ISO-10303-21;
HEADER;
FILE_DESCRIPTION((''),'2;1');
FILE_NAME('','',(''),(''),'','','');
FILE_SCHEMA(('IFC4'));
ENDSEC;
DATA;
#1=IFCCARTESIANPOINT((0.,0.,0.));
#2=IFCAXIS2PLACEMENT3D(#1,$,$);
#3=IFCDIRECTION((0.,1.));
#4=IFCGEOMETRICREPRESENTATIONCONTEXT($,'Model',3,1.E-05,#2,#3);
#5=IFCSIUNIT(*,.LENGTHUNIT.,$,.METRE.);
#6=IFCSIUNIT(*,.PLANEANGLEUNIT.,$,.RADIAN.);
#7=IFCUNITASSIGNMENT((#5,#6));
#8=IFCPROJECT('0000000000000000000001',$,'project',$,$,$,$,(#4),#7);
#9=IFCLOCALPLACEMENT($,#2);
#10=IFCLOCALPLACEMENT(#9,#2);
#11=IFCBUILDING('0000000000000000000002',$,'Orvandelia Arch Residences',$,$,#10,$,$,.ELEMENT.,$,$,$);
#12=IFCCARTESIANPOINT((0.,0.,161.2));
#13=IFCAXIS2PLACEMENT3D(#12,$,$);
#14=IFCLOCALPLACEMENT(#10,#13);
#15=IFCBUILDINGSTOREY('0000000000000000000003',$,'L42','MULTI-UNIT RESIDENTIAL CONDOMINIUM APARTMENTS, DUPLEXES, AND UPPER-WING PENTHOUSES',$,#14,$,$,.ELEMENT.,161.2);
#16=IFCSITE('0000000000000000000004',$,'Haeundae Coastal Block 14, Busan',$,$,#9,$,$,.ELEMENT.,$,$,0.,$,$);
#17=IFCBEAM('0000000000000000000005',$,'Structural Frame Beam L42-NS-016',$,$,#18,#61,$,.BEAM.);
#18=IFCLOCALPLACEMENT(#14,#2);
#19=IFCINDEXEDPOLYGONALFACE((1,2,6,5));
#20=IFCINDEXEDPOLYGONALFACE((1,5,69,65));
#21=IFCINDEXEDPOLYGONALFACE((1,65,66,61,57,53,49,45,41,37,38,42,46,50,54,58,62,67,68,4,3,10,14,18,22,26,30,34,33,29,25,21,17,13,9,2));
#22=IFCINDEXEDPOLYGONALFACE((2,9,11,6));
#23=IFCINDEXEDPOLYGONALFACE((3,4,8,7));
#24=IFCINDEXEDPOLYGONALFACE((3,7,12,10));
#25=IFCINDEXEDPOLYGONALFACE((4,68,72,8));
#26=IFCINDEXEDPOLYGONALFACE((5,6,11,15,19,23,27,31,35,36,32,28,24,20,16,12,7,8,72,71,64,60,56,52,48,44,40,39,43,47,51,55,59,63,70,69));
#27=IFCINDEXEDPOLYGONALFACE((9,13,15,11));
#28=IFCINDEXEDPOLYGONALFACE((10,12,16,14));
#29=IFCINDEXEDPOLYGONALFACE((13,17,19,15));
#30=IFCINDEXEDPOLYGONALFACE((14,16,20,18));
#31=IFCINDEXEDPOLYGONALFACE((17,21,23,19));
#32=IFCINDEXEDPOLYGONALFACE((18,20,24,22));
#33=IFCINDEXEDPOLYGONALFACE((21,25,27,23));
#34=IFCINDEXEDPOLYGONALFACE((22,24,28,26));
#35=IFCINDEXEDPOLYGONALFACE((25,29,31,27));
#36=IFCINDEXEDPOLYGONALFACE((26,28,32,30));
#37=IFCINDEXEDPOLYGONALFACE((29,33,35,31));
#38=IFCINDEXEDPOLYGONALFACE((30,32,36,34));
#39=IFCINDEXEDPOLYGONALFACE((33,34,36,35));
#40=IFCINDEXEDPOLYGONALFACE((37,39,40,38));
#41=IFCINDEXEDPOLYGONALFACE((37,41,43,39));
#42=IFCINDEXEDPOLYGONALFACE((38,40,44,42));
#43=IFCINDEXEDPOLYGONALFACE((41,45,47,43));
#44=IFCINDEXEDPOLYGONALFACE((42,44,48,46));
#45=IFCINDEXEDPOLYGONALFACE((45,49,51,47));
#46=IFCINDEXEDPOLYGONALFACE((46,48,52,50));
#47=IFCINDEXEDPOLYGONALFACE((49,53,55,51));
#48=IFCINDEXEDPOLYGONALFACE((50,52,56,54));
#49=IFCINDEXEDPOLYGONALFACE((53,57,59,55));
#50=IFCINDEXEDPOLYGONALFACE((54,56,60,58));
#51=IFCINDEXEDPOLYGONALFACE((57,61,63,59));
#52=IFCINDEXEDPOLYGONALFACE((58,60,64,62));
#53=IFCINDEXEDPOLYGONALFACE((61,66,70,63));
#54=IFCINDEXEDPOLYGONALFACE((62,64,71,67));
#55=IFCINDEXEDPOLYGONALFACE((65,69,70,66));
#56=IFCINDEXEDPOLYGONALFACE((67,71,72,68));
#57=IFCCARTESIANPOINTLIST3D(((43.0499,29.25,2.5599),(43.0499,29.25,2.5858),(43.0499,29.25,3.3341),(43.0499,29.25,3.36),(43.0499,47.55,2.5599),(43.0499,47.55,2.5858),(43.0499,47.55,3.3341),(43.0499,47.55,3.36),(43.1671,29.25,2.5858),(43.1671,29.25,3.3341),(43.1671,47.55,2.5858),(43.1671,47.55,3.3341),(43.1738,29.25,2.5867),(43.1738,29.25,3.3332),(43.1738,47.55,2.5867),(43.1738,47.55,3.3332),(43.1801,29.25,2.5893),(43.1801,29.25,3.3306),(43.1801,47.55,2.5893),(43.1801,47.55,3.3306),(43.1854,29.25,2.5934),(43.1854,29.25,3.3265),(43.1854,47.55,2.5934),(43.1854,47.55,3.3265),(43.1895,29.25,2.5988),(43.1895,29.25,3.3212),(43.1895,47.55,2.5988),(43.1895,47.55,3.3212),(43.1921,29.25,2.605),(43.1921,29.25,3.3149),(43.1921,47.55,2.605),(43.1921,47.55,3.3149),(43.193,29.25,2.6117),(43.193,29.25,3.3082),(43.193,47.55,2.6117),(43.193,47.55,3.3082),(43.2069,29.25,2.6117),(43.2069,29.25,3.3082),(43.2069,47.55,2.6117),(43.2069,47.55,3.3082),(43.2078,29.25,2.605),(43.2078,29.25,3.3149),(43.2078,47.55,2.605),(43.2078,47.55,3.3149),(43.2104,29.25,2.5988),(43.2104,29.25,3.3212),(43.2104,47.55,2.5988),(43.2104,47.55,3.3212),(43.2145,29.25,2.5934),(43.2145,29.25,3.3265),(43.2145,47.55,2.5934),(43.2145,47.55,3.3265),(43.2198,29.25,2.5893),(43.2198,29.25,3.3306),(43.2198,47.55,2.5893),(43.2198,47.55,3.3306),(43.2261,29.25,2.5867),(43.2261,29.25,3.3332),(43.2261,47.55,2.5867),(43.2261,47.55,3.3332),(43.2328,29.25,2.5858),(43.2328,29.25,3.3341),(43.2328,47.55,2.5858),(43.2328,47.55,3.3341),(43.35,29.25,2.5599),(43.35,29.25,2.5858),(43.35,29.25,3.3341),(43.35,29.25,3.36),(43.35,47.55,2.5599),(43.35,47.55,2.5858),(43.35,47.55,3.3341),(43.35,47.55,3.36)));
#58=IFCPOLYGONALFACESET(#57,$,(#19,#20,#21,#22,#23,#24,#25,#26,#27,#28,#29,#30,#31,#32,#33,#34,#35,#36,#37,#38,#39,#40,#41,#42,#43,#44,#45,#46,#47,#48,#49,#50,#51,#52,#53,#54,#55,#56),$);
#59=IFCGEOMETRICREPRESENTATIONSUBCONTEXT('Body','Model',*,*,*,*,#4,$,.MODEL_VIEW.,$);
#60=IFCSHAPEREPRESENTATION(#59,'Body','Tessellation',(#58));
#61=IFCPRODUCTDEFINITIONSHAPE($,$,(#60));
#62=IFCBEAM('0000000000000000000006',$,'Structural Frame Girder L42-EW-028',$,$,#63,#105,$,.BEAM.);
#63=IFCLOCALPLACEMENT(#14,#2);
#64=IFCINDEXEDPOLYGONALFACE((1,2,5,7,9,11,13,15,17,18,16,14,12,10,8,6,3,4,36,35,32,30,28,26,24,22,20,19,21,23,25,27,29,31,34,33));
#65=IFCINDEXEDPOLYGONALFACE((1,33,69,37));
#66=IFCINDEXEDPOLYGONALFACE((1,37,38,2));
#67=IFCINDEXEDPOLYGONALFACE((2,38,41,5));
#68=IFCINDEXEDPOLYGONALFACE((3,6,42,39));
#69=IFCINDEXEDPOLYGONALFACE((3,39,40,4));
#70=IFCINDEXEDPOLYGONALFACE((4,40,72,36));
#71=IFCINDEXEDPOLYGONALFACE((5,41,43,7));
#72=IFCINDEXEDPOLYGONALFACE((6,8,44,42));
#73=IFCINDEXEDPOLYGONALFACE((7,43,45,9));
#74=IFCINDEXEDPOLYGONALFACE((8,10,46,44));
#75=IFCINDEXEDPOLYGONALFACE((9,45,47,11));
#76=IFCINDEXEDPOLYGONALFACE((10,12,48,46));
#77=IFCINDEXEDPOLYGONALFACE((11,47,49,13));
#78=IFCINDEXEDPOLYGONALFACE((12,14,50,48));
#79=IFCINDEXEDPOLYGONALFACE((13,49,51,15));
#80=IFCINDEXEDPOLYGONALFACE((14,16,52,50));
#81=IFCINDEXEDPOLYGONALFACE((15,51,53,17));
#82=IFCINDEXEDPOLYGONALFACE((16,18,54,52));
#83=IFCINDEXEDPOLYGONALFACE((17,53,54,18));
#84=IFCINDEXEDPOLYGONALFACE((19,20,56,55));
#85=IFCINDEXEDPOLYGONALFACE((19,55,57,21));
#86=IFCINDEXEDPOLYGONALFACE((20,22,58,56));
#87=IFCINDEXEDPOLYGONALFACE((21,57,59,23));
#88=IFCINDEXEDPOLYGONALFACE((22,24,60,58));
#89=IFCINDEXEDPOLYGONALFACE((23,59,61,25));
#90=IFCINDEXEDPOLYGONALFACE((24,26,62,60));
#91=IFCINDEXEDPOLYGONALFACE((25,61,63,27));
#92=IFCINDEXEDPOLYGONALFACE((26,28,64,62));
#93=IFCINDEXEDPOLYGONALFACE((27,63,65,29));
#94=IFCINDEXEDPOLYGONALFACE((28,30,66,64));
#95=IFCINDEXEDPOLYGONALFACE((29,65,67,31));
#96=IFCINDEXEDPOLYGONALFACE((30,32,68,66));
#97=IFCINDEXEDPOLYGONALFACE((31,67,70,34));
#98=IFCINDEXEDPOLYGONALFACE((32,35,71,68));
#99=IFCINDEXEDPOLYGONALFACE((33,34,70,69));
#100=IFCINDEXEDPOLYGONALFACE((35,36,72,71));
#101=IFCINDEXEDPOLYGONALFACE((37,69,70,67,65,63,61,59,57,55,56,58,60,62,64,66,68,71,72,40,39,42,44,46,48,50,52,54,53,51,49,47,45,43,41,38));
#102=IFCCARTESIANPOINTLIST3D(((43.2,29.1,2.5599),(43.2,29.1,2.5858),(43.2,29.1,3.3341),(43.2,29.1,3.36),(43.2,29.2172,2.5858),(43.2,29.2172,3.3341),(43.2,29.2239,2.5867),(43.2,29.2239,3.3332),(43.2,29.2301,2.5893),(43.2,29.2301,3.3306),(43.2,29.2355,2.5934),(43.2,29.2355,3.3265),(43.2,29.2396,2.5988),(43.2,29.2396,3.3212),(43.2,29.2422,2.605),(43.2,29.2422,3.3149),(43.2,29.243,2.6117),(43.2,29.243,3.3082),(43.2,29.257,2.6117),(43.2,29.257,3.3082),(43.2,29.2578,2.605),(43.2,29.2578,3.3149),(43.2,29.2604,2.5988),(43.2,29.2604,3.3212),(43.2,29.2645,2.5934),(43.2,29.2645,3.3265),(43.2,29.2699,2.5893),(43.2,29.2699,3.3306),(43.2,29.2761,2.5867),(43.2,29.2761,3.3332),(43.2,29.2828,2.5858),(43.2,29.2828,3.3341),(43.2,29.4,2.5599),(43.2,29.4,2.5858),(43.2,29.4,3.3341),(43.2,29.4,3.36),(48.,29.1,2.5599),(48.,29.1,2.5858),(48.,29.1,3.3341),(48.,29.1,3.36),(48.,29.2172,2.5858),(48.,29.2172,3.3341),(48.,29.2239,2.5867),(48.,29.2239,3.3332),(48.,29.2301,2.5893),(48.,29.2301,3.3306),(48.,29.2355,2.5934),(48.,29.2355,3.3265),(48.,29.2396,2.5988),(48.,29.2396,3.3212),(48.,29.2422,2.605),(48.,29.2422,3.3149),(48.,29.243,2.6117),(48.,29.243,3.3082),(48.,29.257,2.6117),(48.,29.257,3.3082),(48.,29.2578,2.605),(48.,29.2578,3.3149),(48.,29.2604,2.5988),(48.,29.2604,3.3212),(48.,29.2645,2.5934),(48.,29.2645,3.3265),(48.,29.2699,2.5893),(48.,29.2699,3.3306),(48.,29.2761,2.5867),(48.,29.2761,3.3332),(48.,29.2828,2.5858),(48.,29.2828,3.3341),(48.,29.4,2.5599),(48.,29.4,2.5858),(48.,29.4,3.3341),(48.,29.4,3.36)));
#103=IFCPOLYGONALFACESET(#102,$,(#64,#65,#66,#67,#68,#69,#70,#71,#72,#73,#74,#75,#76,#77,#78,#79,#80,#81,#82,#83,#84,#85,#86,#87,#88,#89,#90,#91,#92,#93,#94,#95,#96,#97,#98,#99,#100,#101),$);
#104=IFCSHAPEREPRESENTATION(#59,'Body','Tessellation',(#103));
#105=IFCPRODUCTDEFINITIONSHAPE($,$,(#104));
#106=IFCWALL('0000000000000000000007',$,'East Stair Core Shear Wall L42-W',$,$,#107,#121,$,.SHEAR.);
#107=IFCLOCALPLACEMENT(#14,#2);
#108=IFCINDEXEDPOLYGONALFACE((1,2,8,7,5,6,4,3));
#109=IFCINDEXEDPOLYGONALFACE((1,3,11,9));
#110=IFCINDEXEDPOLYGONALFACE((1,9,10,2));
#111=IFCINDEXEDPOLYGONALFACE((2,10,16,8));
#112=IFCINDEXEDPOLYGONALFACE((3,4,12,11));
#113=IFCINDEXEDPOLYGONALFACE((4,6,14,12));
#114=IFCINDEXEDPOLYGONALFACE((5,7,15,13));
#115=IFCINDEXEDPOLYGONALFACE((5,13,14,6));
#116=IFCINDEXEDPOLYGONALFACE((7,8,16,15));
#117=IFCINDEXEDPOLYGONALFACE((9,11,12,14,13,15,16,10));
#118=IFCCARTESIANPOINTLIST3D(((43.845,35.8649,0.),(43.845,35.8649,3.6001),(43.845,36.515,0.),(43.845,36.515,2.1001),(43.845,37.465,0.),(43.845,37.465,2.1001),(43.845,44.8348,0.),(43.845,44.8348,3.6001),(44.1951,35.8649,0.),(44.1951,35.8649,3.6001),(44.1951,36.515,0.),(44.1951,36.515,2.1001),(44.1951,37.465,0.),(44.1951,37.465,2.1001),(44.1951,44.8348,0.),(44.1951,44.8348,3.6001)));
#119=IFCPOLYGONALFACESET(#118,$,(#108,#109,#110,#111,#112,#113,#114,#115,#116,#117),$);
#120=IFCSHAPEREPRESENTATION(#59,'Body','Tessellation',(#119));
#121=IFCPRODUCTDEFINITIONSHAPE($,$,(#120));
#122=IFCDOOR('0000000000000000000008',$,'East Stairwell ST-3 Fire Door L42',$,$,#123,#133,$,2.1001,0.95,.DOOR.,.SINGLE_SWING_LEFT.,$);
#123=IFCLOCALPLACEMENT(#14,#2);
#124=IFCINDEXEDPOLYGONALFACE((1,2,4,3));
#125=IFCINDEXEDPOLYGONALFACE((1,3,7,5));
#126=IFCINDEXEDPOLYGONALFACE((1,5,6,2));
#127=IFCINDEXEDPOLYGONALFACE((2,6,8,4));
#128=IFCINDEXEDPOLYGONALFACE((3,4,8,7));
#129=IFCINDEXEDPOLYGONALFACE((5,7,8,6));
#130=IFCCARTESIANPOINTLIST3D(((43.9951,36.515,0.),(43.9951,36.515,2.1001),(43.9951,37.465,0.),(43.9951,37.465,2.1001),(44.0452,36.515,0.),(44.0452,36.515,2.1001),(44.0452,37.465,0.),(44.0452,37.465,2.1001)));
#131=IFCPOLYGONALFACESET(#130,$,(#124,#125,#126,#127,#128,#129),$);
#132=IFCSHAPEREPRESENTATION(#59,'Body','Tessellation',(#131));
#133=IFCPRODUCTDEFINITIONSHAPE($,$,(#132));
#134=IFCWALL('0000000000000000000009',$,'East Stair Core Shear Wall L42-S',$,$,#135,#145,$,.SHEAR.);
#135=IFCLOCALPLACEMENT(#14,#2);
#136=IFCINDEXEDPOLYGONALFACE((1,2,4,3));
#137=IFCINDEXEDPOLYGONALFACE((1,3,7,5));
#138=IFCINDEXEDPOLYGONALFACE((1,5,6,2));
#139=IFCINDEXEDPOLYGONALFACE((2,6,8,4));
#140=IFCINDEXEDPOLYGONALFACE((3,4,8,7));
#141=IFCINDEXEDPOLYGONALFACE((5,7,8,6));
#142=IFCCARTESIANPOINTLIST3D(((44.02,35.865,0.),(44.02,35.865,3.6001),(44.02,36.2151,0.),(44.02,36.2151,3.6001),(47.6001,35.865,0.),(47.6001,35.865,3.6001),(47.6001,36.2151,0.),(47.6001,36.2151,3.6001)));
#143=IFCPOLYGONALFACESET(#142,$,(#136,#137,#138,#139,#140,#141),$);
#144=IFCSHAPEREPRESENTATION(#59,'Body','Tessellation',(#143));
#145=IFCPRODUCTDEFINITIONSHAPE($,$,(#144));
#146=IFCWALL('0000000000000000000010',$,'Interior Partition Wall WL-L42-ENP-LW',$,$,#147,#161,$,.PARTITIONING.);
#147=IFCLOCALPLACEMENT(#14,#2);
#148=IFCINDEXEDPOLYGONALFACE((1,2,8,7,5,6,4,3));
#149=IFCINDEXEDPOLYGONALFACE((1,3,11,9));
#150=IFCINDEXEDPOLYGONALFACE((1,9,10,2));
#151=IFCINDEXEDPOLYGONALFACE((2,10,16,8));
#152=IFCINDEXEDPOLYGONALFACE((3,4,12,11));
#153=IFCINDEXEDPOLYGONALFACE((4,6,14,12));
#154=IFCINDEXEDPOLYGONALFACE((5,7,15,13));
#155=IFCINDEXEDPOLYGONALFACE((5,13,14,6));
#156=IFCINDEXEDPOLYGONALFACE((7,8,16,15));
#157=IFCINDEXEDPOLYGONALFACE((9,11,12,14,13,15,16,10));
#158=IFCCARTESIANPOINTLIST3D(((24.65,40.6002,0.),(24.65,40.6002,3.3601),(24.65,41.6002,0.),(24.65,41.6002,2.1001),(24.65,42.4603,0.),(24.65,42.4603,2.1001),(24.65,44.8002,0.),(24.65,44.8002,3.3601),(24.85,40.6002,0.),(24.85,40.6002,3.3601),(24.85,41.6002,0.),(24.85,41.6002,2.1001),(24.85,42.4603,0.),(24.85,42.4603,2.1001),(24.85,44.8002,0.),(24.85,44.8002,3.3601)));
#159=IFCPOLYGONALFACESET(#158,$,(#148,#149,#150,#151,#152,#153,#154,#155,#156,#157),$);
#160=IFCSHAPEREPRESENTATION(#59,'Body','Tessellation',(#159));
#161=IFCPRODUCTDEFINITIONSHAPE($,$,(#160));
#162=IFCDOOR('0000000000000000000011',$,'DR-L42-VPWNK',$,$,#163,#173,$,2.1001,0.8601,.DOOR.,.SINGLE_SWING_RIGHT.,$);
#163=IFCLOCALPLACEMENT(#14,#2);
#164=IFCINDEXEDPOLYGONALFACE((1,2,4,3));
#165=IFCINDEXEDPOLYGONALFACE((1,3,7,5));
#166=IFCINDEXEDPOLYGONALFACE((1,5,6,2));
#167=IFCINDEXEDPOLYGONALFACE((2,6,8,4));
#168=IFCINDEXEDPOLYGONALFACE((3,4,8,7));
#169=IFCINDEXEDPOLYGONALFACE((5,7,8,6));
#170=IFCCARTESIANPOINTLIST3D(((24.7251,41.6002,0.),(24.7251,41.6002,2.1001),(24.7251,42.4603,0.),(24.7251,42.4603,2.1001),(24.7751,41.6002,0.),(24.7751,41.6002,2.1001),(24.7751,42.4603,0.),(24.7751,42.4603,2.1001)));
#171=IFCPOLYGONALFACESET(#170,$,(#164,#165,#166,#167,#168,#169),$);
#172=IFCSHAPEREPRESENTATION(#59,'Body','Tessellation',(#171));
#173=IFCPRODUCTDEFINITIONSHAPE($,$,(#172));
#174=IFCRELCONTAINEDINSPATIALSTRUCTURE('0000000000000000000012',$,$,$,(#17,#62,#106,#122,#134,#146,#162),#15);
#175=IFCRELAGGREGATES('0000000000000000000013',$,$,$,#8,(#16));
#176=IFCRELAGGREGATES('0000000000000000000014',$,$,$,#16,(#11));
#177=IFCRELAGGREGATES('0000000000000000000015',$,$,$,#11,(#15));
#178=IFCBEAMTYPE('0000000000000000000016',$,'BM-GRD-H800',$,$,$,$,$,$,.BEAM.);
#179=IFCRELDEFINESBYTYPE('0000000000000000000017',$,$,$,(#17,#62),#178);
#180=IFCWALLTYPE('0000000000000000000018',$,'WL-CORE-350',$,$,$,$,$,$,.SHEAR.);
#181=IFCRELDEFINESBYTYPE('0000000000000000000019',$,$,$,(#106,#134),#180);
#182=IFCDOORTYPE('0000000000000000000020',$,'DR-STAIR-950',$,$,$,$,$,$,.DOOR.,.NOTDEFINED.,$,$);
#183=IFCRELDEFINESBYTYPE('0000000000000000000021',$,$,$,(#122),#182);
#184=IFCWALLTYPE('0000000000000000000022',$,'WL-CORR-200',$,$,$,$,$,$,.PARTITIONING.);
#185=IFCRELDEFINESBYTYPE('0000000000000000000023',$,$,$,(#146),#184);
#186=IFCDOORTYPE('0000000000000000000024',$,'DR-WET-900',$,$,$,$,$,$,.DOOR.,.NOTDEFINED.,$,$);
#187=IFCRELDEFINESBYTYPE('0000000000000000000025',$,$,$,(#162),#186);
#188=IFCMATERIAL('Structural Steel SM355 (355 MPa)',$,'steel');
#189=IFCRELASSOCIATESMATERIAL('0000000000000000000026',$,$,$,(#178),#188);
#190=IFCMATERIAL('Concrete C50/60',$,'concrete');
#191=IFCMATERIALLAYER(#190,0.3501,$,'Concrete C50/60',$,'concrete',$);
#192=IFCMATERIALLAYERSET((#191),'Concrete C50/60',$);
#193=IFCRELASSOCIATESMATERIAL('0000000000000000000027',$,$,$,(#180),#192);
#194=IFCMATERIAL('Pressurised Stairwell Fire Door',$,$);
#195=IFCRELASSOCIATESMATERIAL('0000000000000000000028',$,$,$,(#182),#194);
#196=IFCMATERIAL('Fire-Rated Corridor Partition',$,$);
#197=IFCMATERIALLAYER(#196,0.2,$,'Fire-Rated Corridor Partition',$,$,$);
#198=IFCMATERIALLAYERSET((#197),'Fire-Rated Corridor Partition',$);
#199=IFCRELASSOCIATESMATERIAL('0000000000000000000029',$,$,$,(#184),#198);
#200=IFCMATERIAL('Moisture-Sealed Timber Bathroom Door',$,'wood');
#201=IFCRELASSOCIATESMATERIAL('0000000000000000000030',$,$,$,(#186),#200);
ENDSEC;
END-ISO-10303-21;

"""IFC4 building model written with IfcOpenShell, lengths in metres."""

from ifc_helpers import new_model, si_unit, direction, frame, frame_2d, origin, origin_2d, place, context, subcontext, project, spatial, rectangle, i_section, extrude, material, layer, layer_set, material_profile, profile_set, type_object, element, fill, save


model = new_model("IFC4")

# Units and contexts
model_context = context("Model", 3, precision=1e-05, world=origin(), true_north=direction((0.0, 1.0)))
body_context = subcontext(model_context, "Body", "Model", "MODEL_VIEW")
ifc_project = project(units=[si_unit("LENGTHUNIT", "METRE"), si_unit("PLANEANGLEUNIT", "RADIAN")], contexts=[model_context])

# Site, building, storey
site_placement = place(None, origin())
site = spatial("IfcSite", under=ifc_project, at=site_placement, Name="Haeundae Coastal Block 14, Busan", CompositionType="ELEMENT", RefElevation=0.0)
building_placement = place(site_placement, origin())
building = spatial("IfcBuilding", under=site, at=building_placement, Name="Orvandelia Arch Residences", CompositionType="ELEMENT")
storey_placement = place(building_placement, frame((0.0, 0.0, 161.2)))
storey = spatial("IfcBuildingStorey", under=building, at=storey_placement, Name="L42", Description="MULTI-UNIT RESIDENTIAL CONDOMINIUM APARTMENTS, DUPLEXES, AND UPPER-WING PENTHOUSES", CompositionType="ELEMENT", Elevation=161.2)

# Beams
ifc_material_1 = material(Name="Structural Steel SM355 (355 MPa)", Category="steel")
ifc_material_profile_1 = material_profile(ifc_material_1, i_section(OverallWidth=0.3, OverallDepth=0.8, WebThickness=0.0139, FlangeThickness=0.0259, FilletRadius=0.0259, at=origin_2d()), Name="Structural Steel SM355 (355 MPa)", Category="steel")
ifc_profile_set_1 = profile_set([ifc_material_profile_1], Name="Structural Steel SM355 (355 MPa)")
beam_type = type_object("IfcBeamType", Name="BM-GRD-H800", PredefinedType="BEAM", material=ifc_profile_set_1)
beam_1_placement = place(storey_placement, frame((43.2, 29.25, 2.96), z_axis=(0.0, 1.0, 0.0), x_axis=(-1.0, 0.0, 0.0)))
element("IfcBeam", 1, at=beam_1_placement, inside=storey, type_object=beam_type, Name="Structural Frame Beam L42-NS-016", PredefinedType="BEAM", context=body_context, shape_type="SweptSolid", body=[
    extrude(i_section(OverallWidth=0.3, OverallDepth=0.8, WebThickness=0.0139, FlangeThickness=0.0259, FilletRadius=0.0259, at=origin_2d()), origin(), (0.0, 0.0, 1.0), 18.3),
])
beam_2_placement = place(storey_placement, frame((43.2, 29.25, 2.96), z_axis=(1.0, 0.0, 0.0), x_axis=(0.0, 1.0, 0.0)))
element("IfcBeam", 2, at=beam_2_placement, inside=storey, type_object=beam_type, Name="Structural Frame Girder L42-EW-028", PredefinedType="BEAM", context=body_context, shape_type="SweptSolid", body=[
    extrude(i_section(OverallWidth=0.3, OverallDepth=0.8, WebThickness=0.0139, FlangeThickness=0.0259, FilletRadius=0.0259, at=origin_2d()), origin(), (0.0, 0.0, 1.0), 4.8),
])

# Wall, opening, door
ifc_material_2 = material(Name="Concrete C50/60", Category="concrete")
ifc_layer_1 = layer(ifc_material_2, 0.3501, Name="Concrete C50/60", Category="concrete")
ifc_layer_set_1 = layer_set([ifc_layer_1], Name="Concrete C50/60")
wall_type_1 = type_object("IfcWallType", Name="WL-CORE-350", PredefinedType="SHEAR", material=ifc_layer_set_1)
wall_1_placement = place(storey_placement, frame((44.02, 35.865, 0.0), z_axis=(0.0, 0.0, 1.0), x_axis=(0.0, 1.0, 0.0)))
wall_1 = element("IfcWall", 3, at=wall_1_placement, inside=storey, type_object=wall_type_1, Name="East Stair Core Shear Wall L42-W", PredefinedType="SHEAR", context=body_context, shape_type="SweptSolid", body=[
    extrude(rectangle(XDim=8.97, YDim=0.3501, at=frame_2d((4.4849, 0.0))), origin(), (0.0, 0.0, 1.0), 3.6001),
])
opening_1_placement = place(wall_1_placement, frame((0.6499, 0.0, 0.0)))
opening_1 = element("IfcOpeningElement", 4, at=opening_1_placement, cuts=wall_1, PredefinedType="OPENING", context=body_context, shape_type="SweptSolid", body=[
    extrude(rectangle(XDim=0.95, YDim=2.1001, at=frame_2d((0.4751, 1.05))), frame((0.0, 0.1851, 0.0), z_axis=(0.0, -1.0, 0.0), x_axis=(1.0, 0.0, 0.0)), (0.0, 0.0, 1.0), 0.3701),
])
ifc_material_3 = material(Name="Pressurised Stairwell Fire Door")
door_type_1 = type_object("IfcDoorType", Name="DR-STAIR-950", OperationType="NOTDEFINED", PredefinedType="DOOR", material=ifc_material_3)
door_1_placement = place(opening_1_placement, origin())
door_1 = element("IfcDoor", 5, at=door_1_placement, inside=storey, type_object=door_type_1, Name="East Stairwell ST-3 Fire Door L42", OperationType="SINGLE_SWING_LEFT", OverallHeight=2.1001, OverallWidth=0.95, PredefinedType="DOOR", context=body_context, shape_type="SweptSolid", body=[
    extrude(rectangle(XDim=0.95, YDim=2.1001, at=frame_2d((0.4751, 1.05))), frame((0.0, 0.0249, 0.0), z_axis=(0.0, -1.0, 0.0), x_axis=(1.0, 0.0, 0.0)), (0.0, 0.0, 1.0), 0.05),
])
fill(opening_1, door_1)

# Wall
wall_2_placement = place(storey_placement, frame((44.02, 36.04, 0.0), z_axis=(0.0, 0.0, 1.0), x_axis=(1.0, 0.0, 0.0)))
element("IfcWall", 6, at=wall_2_placement, inside=storey, type_object=wall_type_1, Name="East Stair Core Shear Wall L42-S", PredefinedType="SHEAR", context=body_context, shape_type="SweptSolid", body=[
    extrude(rectangle(XDim=3.5801, YDim=0.3501, at=frame_2d((1.79, 0.0))), origin(), (0.0, 0.0, 1.0), 3.6001),
])

# Wall, opening, door
ifc_material_4 = material(Name="Fire-Rated Corridor Partition")
ifc_layer_2 = layer(ifc_material_4, 0.2, Name="Fire-Rated Corridor Partition")
ifc_layer_set_2 = layer_set([ifc_layer_2], Name="Fire-Rated Corridor Partition")
wall_type_2 = type_object("IfcWallType", Name="WL-CORR-200", PredefinedType="PARTITIONING", material=ifc_layer_set_2)
wall_3_placement = place(storey_placement, frame((24.75, 40.6001, 0.0), z_axis=(0.0, 0.0, 1.0), x_axis=(0.0, 1.0, 0.0)))
wall_3 = element("IfcWall", 7, at=wall_3_placement, inside=storey, type_object=wall_type_2, Name="Interior Partition Wall WL-L42-ENP-LW", PredefinedType="PARTITIONING", context=body_context, shape_type="SweptSolid", body=[
    extrude(rectangle(XDim=4.2, YDim=0.2, at=frame_2d((2.1001, 0.0))), origin(), (0.0, 0.0, 1.0), 3.3601),
])
opening_2_placement = place(wall_3_placement, frame((1.0, 0.0, 0.0)))
opening_2 = element("IfcOpeningElement", 8, at=opening_2_placement, cuts=wall_3, PredefinedType="OPENING", context=body_context, shape_type="SweptSolid", body=[
    extrude(rectangle(XDim=0.8601, YDim=2.1001, at=frame_2d((0.4302, 1.05))), frame((0.0, 0.1099, 0.0), z_axis=(0.0, -1.0, 0.0), x_axis=(1.0, 0.0, 0.0)), (0.0, 0.0, 1.0), 0.22),
])
ifc_material_5 = material(Name="Moisture-Sealed Timber Bathroom Door", Category="wood")
door_type_2 = type_object("IfcDoorType", Name="DR-WET-900", OperationType="NOTDEFINED", PredefinedType="DOOR", material=ifc_material_5)
door_2_placement = place(opening_2_placement, origin())
door_2 = element("IfcDoor", 9, at=door_2_placement, inside=storey, type_object=door_type_2, Name="DR-L42-VPWNK", OperationType="SINGLE_SWING_RIGHT", OverallHeight=2.1001, OverallWidth=0.8601, PredefinedType="DOOR", context=body_context, shape_type="SweptSolid", body=[
    extrude(rectangle(XDim=0.8601, YDim=2.1001, at=frame_2d((0.4302, 1.05))), frame((0.0, 0.0249, 0.0), z_axis=(0.0, -1.0, 0.0), x_axis=(1.0, 0.0, 0.0)), (0.0, 0.0, 1.0), 0.05),
])
fill(opening_2, door_2)

save(model, "model.ifc")
